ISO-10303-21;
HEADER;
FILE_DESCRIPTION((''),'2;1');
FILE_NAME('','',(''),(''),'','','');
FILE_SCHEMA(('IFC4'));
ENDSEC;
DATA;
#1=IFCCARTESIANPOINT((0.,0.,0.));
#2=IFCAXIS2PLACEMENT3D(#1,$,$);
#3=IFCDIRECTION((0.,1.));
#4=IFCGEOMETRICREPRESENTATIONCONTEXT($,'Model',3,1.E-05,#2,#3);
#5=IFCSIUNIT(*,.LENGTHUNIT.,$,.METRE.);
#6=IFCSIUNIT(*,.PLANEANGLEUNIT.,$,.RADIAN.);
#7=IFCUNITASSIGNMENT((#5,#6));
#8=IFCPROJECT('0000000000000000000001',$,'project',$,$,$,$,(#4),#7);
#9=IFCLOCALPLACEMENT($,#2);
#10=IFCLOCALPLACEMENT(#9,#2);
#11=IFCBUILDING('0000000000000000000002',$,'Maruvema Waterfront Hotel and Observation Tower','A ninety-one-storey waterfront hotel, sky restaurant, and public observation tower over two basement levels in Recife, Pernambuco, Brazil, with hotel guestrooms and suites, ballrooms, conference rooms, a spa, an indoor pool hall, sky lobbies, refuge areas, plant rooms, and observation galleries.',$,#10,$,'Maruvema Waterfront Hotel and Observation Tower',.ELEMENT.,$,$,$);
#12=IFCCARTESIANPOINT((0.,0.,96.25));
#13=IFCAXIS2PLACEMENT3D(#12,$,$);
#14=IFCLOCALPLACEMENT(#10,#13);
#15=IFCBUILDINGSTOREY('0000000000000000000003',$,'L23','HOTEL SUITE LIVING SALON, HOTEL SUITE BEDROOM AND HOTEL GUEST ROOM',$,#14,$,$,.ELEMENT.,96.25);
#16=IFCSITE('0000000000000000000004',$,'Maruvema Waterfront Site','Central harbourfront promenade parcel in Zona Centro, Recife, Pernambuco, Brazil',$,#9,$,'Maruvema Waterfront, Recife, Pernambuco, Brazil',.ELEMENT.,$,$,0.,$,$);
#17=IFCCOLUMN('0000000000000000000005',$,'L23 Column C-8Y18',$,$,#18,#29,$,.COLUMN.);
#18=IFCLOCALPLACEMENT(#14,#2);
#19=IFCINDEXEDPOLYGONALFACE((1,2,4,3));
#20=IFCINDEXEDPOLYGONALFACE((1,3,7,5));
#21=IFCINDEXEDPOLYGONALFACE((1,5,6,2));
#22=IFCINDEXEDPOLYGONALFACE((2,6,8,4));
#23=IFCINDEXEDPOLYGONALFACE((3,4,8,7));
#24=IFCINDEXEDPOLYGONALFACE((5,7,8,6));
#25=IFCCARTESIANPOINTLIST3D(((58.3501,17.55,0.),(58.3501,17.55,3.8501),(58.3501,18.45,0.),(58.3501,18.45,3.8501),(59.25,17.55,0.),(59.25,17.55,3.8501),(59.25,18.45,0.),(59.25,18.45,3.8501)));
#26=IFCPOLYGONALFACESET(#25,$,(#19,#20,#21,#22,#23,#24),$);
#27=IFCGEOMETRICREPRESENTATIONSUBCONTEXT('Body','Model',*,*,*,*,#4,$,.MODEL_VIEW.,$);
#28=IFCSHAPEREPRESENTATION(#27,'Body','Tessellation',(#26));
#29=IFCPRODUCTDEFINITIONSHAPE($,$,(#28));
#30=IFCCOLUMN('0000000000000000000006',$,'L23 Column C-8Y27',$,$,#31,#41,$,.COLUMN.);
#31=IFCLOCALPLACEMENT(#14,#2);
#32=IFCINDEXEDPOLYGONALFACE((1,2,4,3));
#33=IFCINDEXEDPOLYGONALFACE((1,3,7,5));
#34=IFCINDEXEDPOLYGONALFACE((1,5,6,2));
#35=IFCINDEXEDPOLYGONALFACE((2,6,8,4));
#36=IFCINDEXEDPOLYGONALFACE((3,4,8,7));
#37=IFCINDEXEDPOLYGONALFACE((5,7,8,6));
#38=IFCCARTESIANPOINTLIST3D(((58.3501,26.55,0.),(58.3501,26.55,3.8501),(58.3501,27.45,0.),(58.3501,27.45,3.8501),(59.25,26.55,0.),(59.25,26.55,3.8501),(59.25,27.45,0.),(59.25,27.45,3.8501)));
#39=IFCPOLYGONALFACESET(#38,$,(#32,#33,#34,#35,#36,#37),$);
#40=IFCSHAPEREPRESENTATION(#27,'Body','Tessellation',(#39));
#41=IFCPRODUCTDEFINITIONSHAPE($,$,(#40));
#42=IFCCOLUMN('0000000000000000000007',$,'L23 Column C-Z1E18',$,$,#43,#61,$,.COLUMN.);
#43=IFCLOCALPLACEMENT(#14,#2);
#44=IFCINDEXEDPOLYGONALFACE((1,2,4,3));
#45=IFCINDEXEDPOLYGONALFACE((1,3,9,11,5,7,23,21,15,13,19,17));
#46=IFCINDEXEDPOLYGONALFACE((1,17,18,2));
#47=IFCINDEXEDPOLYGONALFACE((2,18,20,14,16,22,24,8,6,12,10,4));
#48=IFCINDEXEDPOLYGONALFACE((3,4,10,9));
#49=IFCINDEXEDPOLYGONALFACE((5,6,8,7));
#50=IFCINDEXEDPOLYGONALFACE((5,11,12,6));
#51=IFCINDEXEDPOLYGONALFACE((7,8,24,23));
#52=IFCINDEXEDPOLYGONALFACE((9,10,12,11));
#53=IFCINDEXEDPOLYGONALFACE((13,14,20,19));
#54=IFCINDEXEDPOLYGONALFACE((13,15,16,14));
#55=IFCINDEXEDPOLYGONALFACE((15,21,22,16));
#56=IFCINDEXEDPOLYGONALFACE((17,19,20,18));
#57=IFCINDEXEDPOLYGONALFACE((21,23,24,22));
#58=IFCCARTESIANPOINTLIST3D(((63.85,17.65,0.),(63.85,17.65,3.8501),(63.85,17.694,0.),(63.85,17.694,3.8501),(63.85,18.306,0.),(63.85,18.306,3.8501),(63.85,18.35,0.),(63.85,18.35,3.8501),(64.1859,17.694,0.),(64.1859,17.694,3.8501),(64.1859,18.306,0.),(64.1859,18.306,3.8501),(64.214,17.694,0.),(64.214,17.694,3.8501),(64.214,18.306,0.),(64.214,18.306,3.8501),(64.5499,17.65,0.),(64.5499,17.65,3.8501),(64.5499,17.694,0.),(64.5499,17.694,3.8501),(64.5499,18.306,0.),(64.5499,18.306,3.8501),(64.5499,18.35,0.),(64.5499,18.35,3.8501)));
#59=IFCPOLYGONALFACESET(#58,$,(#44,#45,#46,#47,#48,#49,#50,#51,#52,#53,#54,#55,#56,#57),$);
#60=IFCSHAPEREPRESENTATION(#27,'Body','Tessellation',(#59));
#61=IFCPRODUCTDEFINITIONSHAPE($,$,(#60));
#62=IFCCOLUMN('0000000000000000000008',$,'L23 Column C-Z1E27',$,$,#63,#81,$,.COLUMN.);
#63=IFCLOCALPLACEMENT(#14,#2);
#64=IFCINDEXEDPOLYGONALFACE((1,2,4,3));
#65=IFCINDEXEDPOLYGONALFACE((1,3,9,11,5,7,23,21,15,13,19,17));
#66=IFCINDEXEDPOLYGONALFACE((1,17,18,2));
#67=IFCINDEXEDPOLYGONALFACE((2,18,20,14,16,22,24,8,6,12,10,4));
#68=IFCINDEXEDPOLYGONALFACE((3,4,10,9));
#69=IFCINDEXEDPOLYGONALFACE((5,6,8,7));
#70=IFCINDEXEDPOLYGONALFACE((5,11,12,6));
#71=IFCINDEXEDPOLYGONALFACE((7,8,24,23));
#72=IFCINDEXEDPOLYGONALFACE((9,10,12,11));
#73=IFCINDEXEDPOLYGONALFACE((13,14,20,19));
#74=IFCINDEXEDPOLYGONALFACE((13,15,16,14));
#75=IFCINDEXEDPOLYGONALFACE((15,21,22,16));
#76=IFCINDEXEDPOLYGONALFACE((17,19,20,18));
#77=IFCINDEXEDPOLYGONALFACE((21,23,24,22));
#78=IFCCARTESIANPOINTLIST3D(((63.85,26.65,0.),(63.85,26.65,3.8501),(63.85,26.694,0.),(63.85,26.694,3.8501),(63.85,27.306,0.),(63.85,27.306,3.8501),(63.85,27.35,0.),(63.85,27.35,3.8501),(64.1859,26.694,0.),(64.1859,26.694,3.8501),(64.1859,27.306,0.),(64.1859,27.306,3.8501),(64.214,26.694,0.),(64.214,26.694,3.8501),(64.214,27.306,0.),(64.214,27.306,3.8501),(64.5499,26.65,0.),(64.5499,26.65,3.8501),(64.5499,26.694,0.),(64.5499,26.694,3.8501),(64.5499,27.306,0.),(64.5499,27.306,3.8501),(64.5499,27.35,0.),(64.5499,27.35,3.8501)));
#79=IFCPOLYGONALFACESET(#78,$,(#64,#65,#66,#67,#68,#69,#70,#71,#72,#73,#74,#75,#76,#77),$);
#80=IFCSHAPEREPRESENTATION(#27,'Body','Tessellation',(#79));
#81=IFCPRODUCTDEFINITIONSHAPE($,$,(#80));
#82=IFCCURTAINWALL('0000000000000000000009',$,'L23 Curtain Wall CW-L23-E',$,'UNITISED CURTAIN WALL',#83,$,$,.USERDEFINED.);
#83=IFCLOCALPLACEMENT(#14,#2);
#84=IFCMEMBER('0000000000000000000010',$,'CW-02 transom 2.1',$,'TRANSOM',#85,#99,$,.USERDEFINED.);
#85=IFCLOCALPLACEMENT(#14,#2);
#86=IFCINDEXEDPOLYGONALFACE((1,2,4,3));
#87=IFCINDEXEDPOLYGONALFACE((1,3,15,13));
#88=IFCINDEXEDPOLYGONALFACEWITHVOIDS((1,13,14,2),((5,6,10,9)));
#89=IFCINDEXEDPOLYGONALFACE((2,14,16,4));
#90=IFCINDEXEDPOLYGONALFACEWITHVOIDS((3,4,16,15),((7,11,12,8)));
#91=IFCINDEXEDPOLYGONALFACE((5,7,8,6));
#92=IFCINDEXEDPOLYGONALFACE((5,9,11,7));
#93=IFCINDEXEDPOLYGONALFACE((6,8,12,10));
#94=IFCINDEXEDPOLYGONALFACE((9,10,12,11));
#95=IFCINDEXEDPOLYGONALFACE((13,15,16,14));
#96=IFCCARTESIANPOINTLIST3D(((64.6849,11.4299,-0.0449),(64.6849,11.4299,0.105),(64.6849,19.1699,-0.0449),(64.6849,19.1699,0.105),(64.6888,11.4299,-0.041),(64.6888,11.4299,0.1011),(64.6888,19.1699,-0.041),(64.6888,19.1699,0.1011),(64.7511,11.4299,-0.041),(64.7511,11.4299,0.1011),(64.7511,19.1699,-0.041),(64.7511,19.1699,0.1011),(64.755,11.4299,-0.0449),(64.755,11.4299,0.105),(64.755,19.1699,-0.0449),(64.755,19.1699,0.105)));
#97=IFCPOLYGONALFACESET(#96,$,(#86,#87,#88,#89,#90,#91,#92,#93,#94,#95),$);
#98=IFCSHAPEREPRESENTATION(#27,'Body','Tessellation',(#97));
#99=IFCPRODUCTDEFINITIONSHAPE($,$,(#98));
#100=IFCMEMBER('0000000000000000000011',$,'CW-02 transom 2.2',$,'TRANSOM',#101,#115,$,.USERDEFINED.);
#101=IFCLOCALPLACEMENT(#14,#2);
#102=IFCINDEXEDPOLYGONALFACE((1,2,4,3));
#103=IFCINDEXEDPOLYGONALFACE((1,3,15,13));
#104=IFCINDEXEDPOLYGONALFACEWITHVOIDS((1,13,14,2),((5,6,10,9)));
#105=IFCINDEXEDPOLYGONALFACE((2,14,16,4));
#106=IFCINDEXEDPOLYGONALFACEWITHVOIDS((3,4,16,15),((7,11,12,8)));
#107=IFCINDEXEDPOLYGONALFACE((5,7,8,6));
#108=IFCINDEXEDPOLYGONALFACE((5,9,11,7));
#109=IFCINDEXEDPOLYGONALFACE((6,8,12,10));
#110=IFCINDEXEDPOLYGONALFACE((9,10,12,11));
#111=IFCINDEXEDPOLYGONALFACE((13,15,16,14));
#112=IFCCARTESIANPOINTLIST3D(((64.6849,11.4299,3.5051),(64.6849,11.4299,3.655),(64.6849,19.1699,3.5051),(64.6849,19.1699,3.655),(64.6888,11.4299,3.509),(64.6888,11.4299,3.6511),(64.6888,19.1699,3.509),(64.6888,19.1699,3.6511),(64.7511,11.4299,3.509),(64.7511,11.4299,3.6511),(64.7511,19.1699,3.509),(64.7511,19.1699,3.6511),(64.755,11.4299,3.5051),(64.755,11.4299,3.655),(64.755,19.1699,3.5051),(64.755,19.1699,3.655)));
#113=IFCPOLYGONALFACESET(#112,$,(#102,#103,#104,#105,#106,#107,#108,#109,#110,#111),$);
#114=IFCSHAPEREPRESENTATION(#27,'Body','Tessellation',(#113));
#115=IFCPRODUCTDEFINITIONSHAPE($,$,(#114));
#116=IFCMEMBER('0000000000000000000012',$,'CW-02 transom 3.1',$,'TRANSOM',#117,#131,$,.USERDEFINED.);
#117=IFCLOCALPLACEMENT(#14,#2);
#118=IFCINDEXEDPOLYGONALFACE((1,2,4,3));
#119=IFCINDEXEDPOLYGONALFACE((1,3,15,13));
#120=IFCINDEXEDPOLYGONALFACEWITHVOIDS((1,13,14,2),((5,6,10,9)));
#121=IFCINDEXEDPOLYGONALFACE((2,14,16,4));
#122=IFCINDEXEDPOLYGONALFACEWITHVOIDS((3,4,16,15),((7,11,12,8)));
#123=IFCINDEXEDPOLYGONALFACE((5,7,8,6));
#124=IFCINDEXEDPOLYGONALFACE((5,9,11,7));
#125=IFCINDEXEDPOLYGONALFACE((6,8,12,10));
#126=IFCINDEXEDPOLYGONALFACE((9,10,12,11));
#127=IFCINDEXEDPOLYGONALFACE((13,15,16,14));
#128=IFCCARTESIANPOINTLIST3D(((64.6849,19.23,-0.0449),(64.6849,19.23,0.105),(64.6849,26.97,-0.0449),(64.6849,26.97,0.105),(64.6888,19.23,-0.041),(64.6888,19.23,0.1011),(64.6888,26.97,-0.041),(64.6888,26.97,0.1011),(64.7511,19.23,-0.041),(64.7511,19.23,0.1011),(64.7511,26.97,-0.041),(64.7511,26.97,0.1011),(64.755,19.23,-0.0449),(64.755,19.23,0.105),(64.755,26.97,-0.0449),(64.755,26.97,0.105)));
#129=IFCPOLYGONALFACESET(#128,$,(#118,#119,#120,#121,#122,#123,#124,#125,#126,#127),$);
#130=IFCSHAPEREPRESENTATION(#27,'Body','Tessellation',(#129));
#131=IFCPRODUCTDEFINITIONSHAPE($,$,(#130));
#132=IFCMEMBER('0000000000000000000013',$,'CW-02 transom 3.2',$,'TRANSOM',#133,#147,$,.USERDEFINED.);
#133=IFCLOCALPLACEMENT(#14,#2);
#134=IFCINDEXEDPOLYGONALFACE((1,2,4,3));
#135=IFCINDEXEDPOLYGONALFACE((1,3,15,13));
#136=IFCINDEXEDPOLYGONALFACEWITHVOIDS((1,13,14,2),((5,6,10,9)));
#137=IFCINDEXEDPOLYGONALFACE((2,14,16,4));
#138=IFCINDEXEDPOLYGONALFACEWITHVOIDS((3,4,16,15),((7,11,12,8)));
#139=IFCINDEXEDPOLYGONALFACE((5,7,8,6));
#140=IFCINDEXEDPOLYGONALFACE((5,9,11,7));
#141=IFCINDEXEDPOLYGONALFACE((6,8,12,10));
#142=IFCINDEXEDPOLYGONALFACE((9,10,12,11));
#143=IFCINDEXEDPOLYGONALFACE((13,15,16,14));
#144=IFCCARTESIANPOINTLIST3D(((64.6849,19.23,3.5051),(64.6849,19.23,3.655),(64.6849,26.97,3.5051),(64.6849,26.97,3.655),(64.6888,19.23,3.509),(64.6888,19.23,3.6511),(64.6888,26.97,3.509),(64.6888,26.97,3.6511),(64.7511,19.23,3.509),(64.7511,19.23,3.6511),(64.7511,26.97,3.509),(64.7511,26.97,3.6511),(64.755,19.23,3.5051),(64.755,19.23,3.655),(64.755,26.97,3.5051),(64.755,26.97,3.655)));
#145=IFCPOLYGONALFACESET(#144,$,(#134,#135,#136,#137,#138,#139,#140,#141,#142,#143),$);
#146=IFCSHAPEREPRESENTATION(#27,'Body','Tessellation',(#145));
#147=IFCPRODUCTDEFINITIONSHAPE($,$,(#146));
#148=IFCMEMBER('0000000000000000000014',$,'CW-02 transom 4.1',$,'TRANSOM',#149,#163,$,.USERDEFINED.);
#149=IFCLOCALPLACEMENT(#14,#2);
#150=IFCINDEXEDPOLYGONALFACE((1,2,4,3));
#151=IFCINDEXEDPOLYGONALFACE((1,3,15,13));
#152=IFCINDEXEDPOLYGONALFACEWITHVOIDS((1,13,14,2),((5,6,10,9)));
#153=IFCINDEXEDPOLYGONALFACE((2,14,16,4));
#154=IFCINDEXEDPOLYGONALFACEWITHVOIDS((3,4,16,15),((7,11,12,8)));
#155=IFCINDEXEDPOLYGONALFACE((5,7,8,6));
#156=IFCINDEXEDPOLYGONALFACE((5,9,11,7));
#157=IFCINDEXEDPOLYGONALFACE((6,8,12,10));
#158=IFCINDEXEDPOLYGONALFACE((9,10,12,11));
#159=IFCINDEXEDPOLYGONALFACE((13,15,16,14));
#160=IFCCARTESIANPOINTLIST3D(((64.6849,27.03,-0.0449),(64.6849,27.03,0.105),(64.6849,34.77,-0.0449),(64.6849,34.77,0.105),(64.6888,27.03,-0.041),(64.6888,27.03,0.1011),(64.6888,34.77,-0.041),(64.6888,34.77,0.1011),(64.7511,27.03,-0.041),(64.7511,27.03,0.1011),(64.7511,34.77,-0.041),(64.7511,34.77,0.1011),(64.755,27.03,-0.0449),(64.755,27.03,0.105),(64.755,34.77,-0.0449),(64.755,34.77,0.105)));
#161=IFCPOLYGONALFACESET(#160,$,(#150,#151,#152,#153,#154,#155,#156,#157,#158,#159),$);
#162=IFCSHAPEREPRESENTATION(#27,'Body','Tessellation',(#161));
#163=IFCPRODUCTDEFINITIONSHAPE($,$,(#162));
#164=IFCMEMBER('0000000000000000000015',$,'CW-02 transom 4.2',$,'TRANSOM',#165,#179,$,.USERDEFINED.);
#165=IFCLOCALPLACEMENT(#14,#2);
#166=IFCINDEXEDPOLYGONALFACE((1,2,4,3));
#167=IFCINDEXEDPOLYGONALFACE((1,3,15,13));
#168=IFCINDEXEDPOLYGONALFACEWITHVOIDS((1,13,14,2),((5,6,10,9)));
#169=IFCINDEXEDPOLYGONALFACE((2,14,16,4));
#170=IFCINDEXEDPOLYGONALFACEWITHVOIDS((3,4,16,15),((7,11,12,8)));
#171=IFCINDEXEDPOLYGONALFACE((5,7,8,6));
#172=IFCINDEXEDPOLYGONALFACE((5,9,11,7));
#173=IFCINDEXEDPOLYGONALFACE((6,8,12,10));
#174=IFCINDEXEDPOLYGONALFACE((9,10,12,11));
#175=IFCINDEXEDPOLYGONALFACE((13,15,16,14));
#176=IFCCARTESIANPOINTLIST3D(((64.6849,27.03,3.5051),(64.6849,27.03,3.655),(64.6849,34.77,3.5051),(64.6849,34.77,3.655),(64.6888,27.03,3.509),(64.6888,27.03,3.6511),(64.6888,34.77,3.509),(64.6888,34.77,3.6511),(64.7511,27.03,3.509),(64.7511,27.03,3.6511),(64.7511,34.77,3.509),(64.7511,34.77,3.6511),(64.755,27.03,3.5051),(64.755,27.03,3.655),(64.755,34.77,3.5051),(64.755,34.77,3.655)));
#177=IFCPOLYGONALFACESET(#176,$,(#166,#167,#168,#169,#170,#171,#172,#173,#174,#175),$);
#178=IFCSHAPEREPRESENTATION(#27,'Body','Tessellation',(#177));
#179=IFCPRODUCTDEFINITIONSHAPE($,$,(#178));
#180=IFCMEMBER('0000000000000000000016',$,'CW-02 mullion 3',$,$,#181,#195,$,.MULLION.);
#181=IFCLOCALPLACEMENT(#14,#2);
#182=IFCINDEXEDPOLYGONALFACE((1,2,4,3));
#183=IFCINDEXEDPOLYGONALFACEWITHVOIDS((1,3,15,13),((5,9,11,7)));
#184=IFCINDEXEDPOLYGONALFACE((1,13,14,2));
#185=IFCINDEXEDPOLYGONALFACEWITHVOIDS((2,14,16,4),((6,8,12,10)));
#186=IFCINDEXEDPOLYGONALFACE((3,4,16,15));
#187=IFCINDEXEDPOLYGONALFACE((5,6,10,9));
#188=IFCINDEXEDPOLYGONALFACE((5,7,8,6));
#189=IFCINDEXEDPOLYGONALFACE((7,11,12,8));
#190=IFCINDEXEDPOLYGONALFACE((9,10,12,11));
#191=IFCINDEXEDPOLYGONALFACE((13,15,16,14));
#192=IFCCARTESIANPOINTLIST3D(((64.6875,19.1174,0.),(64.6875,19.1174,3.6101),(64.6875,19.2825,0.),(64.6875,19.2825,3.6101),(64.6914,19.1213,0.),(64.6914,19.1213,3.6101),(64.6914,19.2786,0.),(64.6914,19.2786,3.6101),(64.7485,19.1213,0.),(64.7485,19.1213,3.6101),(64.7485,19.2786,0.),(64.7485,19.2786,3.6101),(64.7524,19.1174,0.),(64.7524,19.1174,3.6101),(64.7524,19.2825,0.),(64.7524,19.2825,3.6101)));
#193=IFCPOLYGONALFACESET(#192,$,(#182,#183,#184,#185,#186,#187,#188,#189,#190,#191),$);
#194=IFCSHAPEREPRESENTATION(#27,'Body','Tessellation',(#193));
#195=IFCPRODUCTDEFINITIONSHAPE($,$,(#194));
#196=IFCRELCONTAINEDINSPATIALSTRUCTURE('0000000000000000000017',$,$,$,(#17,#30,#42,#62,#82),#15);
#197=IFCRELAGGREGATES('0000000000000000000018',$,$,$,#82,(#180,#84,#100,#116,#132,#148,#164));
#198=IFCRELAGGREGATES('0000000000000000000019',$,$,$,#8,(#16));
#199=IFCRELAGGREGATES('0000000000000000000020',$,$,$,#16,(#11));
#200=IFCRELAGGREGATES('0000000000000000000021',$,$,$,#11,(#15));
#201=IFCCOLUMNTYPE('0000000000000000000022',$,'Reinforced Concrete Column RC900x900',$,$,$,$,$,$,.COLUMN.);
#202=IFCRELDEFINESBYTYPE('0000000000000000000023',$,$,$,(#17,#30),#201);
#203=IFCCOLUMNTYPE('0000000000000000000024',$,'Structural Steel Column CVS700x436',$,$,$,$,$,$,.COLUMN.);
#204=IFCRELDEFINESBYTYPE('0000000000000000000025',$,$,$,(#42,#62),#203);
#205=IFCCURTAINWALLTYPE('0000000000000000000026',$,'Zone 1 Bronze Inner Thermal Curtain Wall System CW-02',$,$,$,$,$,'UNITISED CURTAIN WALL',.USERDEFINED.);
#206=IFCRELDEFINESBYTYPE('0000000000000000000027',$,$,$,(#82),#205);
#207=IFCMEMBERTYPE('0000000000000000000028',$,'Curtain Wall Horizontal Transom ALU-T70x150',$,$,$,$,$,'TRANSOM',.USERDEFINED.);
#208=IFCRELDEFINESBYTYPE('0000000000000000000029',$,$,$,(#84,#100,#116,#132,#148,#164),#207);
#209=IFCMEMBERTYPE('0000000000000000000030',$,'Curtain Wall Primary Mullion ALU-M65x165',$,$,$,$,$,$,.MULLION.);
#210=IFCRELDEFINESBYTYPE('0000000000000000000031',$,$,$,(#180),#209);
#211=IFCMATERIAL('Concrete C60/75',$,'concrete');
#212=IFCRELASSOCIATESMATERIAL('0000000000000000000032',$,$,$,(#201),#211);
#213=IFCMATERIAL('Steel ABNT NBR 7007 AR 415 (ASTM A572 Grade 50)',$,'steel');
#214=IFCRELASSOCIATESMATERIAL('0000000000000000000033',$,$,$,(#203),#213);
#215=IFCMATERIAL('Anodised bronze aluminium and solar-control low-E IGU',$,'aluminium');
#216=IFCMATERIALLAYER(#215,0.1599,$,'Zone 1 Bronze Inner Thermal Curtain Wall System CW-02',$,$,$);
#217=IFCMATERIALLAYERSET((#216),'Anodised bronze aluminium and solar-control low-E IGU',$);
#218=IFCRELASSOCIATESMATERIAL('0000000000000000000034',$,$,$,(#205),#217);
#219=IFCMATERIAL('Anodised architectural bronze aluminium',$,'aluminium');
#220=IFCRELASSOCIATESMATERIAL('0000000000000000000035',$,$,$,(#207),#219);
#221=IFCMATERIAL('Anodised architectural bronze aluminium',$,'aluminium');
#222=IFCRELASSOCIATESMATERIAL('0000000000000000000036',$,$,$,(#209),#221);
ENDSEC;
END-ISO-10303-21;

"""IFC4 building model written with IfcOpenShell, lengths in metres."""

from ifc_helpers import new_model, si_unit, direction, frame, origin, origin_2d, place, context, subcontext, project, spatial, rectangle, hollow_rectangle, i_section, extrude, material, layer, layer_set, material_profile, profile_set, type_object, element, aggregate, save


model = new_model("IFC4")

# Units and contexts
model_context = context("Model", 3, precision=1e-05, world=origin(), true_north=direction((0.0, 1.0)))
body_context = subcontext(model_context, "Body", "Model", "MODEL_VIEW")
ifc_project = project(units=[si_unit("LENGTHUNIT", "METRE"), si_unit("PLANEANGLEUNIT", "RADIAN")], contexts=[model_context])

# Site, building, storey
site_placement = place(None, origin())
site = spatial("IfcSite", under=ifc_project, at=site_placement, Name="Maruvema Waterfront Site", Description="Central harbourfront promenade parcel in Zona Centro, Recife, Pernambuco, Brazil", LongName="Maruvema Waterfront, Recife, Pernambuco, Brazil", CompositionType="ELEMENT", RefElevation=0.0)
building_placement = place(site_placement, origin())
building = spatial("IfcBuilding", under=site, at=building_placement, Name="Maruvema Waterfront Hotel and Observation Tower", Description="A ninety-one-storey waterfront hotel, sky restaurant, and public observation tower over two basement levels in Recife, Pernambuco, Brazil, with hotel guestrooms and suites, ballrooms, conference rooms, a spa, an indoor pool hall, sky lobbies, refuge areas, plant rooms, and observation galleries.", LongName="Maruvema Waterfront Hotel and Observation Tower", CompositionType="ELEMENT")
storey_placement = place(building_placement, frame((0.0, 0.0, 96.25)))
storey = spatial("IfcBuildingStorey", under=building, at=storey_placement, Name="L23", Description="HOTEL SUITE LIVING SALON, HOTEL SUITE BEDROOM AND HOTEL GUEST ROOM", CompositionType="ELEMENT", Elevation=96.25)

# Columns
ifc_material_1 = material(Name="Concrete C60/75", Category="concrete")
ifc_material_profile_1 = material_profile(ifc_material_1, rectangle(XDim=0.8999, YDim=0.8999, at=origin_2d()), Name="RC900x900")
ifc_profile_set_1 = profile_set([ifc_material_profile_1], Name="Concrete C60/75")
column_type_1 = type_object("IfcColumnType", Name="Reinforced Concrete Column RC900x900", PredefinedType="COLUMN", material=ifc_profile_set_1)
for number, where, z_axis, x_axis, name in (
    (1, (58.8, 18.0, 0.0), (0.0, 0.0, 1.0), (1.0, 0.0, 0.0), "L23 Column C-8Y18"),
    (2, (58.8, 27.0, 0.0), (0.0, 0.0, 1.0), (1.0, 0.0, 0.0), "L23 Column C-8Y27"),
):
    element("IfcColumn", number, at=place(storey_placement, frame(where, z_axis=z_axis, x_axis=x_axis)), inside=storey, type_object=column_type_1, Name=name, PredefinedType="COLUMN", context=body_context, shape_type="SweptSolid", body=[
        extrude(rectangle(XDim=0.8999, YDim=0.8999, at=origin_2d()), origin(), (0.0, 0.0, 1.0), 3.8501),
    ])
ifc_material_2 = material(Name="Steel ABNT NBR 7007 AR 415 (ASTM A572 Grade 50)", Category="steel")
ifc_material_profile_2 = material_profile(ifc_material_2, i_section(OverallWidth=0.7, OverallDepth=0.7, WebThickness=0.0281, FlangeThickness=0.0439, at=origin_2d()), Name="CVS700x436")
ifc_profile_set_2 = profile_set([ifc_material_profile_2], Name="Steel ABNT NBR 7007 AR 415 (ASTM A572 Grade 50)")
column_type_2 = type_object("IfcColumnType", Name="Structural Steel Column CVS700x436", PredefinedType="COLUMN", material=ifc_profile_set_2)
for number, where, z_axis, x_axis, name in (
    (3, (64.2, 18.0, 0.0), (0.0, 0.0, 1.0), (1.0, 0.0, 0.0), "L23 Column C-Z1E18"),
    (4, (64.2, 27.0, 0.0), (0.0, 0.0, 1.0), (1.0, 0.0, 0.0), "L23 Column C-Z1E27"),
):
    element("IfcColumn", number, at=place(storey_placement, frame(where, z_axis=z_axis, x_axis=x_axis)), inside=storey, type_object=column_type_2, Name=name, PredefinedType="COLUMN", context=body_context, shape_type="SweptSolid", body=[
        extrude(i_section(OverallWidth=0.7, OverallDepth=0.7, WebThickness=0.0281, FlangeThickness=0.0439, at=origin_2d()), origin(), (0.0, 0.0, 1.0), 3.8501),
    ])

# Curtain wall, members
ifc_material_3 = material(Name="Anodised bronze aluminium and solar-control low-E IGU", Category="aluminium")
ifc_layer_1 = layer(ifc_material_3, 0.1599, Name="Zone 1 Bronze Inner Thermal Curtain Wall System CW-02")
ifc_layer_set_1 = layer_set([ifc_layer_1], Name="Anodised bronze aluminium and solar-control low-E IGU")
curtain_wall_type = type_object("IfcCurtainWallType", Name="Zone 1 Bronze Inner Thermal Curtain Wall System CW-02", ElementType="UNITISED CURTAIN WALL", PredefinedType="USERDEFINED", material=ifc_layer_set_1)
curtain_wall_placement = place(storey_placement, origin())
curtain_wall = element("IfcCurtainWall", 5, at=curtain_wall_placement, inside=storey, type_object=curtain_wall_type, Name="L23 Curtain Wall CW-L23-E", ObjectType="UNITISED CURTAIN WALL", PredefinedType="USERDEFINED")
ifc_material_4 = material(Name="Anodised architectural bronze aluminium", Category="aluminium")
ifc_material_profile_3 = material_profile(ifc_material_4, hollow_rectangle(XDim=0.0701, YDim=0.1499, WallThickness=0.0039, at=origin_2d()), Name="ALU-T70x150")
ifc_profile_set_3 = profile_set([ifc_material_profile_3], Name="Anodised architectural bronze aluminium")
member_type_1 = type_object("IfcMemberType", Name="Curtain Wall Horizontal Transom ALU-T70x150", ElementType="TRANSOM", PredefinedType="USERDEFINED", material=ifc_profile_set_3)
member_1_placement = place(storey_placement, frame((64.72, 11.4299, 0.03), z_axis=(0.0, 1.0, 0.0), x_axis=(-1.0, 0.0, 0.0)))
member_1 = element("IfcMember", 6, at=member_1_placement, type_object=member_type_1, Name="CW-02 transom 2.1", ObjectType="TRANSOM", PredefinedType="USERDEFINED", context=body_context, shape_type="SweptSolid", body=[
    extrude(hollow_rectangle(XDim=0.0701, YDim=0.1499, WallThickness=0.0039, at=origin_2d()), origin(), (0.0, 0.0, 1.0), 7.74),
])
member_2_placement = place(storey_placement, frame((64.72, 11.4299, 3.5801), z_axis=(0.0, 1.0, 0.0), x_axis=(-1.0, 0.0, 0.0)))
member_2 = element("IfcMember", 7, at=member_2_placement, type_object=member_type_1, Name="CW-02 transom 2.2", ObjectType="TRANSOM", PredefinedType="USERDEFINED", context=body_context, shape_type="SweptSolid", body=[
    extrude(hollow_rectangle(XDim=0.0701, YDim=0.1499, WallThickness=0.0039, at=origin_2d()), origin(), (0.0, 0.0, 1.0), 7.74),
])
member_3_placement = place(storey_placement, frame((64.72, 19.23, 0.03), z_axis=(0.0, 1.0, 0.0), x_axis=(-1.0, 0.0, 0.0)))
member_3 = element("IfcMember", 8, at=member_3_placement, type_object=member_type_1, Name="CW-02 transom 3.1", ObjectType="TRANSOM", PredefinedType="USERDEFINED", context=body_context, shape_type="SweptSolid", body=[
    extrude(hollow_rectangle(XDim=0.0701, YDim=0.1499, WallThickness=0.0039, at=origin_2d()), origin(), (0.0, 0.0, 1.0), 7.74),
])
member_4_placement = place(storey_placement, frame((64.72, 19.23, 3.5801), z_axis=(0.0, 1.0, 0.0), x_axis=(-1.0, 0.0, 0.0)))
member_4 = element("IfcMember", 9, at=member_4_placement, type_object=member_type_1, Name="CW-02 transom 3.2", ObjectType="TRANSOM", PredefinedType="USERDEFINED", context=body_context, shape_type="SweptSolid", body=[
    extrude(hollow_rectangle(XDim=0.0701, YDim=0.1499, WallThickness=0.0039, at=origin_2d()), origin(), (0.0, 0.0, 1.0), 7.74),
])
member_5_placement = place(storey_placement, frame((64.72, 27.03, 0.03), z_axis=(0.0, 1.0, 0.0), x_axis=(-1.0, 0.0, 0.0)))
member_5 = element("IfcMember", 10, at=member_5_placement, type_object=member_type_1, Name="CW-02 transom 4.1", ObjectType="TRANSOM", PredefinedType="USERDEFINED", context=body_context, shape_type="SweptSolid", body=[
    extrude(hollow_rectangle(XDim=0.0701, YDim=0.1499, WallThickness=0.0039, at=origin_2d()), origin(), (0.0, 0.0, 1.0), 7.74),
])
member_6_placement = place(storey_placement, frame((64.72, 27.03, 3.5801), z_axis=(0.0, 1.0, 0.0), x_axis=(-1.0, 0.0, 0.0)))
member_6 = element("IfcMember", 11, at=member_6_placement, type_object=member_type_1, Name="CW-02 transom 4.2", ObjectType="TRANSOM", PredefinedType="USERDEFINED", context=body_context, shape_type="SweptSolid", body=[
    extrude(hollow_rectangle(XDim=0.0701, YDim=0.1499, WallThickness=0.0039, at=origin_2d()), origin(), (0.0, 0.0, 1.0), 7.74),
])
ifc_material_5 = material(Name="Anodised architectural bronze aluminium", Category="aluminium")
ifc_material_profile_4 = material_profile(ifc_material_5, hollow_rectangle(XDim=0.0649, YDim=0.165, WallThickness=0.0039, at=origin_2d()), Name="ALU-M65x165")
ifc_profile_set_4 = profile_set([ifc_material_profile_4], Name="Anodised architectural bronze aluminium")
member_type_2 = type_object("IfcMemberType", Name="Curtain Wall Primary Mullion ALU-M65x165", PredefinedType="MULLION", material=ifc_profile_set_4)
member_7_placement = place(storey_placement, frame((64.72, 19.2, 0.0), z_axis=(0.0, 0.0, 1.0), x_axis=(-1.0, 0.0, 0.0)))
member_7 = element("IfcMember", 12, at=member_7_placement, type_object=member_type_2, Name="CW-02 mullion 3", PredefinedType="MULLION", context=body_context, shape_type="SweptSolid", body=[
    extrude(hollow_rectangle(XDim=0.0649, YDim=0.165, WallThickness=0.0039, at=origin_2d()), origin(), (0.0, 0.0, 1.0), 3.6101),
])

aggregate(curtain_wall, [member_7, member_1, member_2, member_3, member_4, member_5, member_6])

save(model, "model.ifc")
